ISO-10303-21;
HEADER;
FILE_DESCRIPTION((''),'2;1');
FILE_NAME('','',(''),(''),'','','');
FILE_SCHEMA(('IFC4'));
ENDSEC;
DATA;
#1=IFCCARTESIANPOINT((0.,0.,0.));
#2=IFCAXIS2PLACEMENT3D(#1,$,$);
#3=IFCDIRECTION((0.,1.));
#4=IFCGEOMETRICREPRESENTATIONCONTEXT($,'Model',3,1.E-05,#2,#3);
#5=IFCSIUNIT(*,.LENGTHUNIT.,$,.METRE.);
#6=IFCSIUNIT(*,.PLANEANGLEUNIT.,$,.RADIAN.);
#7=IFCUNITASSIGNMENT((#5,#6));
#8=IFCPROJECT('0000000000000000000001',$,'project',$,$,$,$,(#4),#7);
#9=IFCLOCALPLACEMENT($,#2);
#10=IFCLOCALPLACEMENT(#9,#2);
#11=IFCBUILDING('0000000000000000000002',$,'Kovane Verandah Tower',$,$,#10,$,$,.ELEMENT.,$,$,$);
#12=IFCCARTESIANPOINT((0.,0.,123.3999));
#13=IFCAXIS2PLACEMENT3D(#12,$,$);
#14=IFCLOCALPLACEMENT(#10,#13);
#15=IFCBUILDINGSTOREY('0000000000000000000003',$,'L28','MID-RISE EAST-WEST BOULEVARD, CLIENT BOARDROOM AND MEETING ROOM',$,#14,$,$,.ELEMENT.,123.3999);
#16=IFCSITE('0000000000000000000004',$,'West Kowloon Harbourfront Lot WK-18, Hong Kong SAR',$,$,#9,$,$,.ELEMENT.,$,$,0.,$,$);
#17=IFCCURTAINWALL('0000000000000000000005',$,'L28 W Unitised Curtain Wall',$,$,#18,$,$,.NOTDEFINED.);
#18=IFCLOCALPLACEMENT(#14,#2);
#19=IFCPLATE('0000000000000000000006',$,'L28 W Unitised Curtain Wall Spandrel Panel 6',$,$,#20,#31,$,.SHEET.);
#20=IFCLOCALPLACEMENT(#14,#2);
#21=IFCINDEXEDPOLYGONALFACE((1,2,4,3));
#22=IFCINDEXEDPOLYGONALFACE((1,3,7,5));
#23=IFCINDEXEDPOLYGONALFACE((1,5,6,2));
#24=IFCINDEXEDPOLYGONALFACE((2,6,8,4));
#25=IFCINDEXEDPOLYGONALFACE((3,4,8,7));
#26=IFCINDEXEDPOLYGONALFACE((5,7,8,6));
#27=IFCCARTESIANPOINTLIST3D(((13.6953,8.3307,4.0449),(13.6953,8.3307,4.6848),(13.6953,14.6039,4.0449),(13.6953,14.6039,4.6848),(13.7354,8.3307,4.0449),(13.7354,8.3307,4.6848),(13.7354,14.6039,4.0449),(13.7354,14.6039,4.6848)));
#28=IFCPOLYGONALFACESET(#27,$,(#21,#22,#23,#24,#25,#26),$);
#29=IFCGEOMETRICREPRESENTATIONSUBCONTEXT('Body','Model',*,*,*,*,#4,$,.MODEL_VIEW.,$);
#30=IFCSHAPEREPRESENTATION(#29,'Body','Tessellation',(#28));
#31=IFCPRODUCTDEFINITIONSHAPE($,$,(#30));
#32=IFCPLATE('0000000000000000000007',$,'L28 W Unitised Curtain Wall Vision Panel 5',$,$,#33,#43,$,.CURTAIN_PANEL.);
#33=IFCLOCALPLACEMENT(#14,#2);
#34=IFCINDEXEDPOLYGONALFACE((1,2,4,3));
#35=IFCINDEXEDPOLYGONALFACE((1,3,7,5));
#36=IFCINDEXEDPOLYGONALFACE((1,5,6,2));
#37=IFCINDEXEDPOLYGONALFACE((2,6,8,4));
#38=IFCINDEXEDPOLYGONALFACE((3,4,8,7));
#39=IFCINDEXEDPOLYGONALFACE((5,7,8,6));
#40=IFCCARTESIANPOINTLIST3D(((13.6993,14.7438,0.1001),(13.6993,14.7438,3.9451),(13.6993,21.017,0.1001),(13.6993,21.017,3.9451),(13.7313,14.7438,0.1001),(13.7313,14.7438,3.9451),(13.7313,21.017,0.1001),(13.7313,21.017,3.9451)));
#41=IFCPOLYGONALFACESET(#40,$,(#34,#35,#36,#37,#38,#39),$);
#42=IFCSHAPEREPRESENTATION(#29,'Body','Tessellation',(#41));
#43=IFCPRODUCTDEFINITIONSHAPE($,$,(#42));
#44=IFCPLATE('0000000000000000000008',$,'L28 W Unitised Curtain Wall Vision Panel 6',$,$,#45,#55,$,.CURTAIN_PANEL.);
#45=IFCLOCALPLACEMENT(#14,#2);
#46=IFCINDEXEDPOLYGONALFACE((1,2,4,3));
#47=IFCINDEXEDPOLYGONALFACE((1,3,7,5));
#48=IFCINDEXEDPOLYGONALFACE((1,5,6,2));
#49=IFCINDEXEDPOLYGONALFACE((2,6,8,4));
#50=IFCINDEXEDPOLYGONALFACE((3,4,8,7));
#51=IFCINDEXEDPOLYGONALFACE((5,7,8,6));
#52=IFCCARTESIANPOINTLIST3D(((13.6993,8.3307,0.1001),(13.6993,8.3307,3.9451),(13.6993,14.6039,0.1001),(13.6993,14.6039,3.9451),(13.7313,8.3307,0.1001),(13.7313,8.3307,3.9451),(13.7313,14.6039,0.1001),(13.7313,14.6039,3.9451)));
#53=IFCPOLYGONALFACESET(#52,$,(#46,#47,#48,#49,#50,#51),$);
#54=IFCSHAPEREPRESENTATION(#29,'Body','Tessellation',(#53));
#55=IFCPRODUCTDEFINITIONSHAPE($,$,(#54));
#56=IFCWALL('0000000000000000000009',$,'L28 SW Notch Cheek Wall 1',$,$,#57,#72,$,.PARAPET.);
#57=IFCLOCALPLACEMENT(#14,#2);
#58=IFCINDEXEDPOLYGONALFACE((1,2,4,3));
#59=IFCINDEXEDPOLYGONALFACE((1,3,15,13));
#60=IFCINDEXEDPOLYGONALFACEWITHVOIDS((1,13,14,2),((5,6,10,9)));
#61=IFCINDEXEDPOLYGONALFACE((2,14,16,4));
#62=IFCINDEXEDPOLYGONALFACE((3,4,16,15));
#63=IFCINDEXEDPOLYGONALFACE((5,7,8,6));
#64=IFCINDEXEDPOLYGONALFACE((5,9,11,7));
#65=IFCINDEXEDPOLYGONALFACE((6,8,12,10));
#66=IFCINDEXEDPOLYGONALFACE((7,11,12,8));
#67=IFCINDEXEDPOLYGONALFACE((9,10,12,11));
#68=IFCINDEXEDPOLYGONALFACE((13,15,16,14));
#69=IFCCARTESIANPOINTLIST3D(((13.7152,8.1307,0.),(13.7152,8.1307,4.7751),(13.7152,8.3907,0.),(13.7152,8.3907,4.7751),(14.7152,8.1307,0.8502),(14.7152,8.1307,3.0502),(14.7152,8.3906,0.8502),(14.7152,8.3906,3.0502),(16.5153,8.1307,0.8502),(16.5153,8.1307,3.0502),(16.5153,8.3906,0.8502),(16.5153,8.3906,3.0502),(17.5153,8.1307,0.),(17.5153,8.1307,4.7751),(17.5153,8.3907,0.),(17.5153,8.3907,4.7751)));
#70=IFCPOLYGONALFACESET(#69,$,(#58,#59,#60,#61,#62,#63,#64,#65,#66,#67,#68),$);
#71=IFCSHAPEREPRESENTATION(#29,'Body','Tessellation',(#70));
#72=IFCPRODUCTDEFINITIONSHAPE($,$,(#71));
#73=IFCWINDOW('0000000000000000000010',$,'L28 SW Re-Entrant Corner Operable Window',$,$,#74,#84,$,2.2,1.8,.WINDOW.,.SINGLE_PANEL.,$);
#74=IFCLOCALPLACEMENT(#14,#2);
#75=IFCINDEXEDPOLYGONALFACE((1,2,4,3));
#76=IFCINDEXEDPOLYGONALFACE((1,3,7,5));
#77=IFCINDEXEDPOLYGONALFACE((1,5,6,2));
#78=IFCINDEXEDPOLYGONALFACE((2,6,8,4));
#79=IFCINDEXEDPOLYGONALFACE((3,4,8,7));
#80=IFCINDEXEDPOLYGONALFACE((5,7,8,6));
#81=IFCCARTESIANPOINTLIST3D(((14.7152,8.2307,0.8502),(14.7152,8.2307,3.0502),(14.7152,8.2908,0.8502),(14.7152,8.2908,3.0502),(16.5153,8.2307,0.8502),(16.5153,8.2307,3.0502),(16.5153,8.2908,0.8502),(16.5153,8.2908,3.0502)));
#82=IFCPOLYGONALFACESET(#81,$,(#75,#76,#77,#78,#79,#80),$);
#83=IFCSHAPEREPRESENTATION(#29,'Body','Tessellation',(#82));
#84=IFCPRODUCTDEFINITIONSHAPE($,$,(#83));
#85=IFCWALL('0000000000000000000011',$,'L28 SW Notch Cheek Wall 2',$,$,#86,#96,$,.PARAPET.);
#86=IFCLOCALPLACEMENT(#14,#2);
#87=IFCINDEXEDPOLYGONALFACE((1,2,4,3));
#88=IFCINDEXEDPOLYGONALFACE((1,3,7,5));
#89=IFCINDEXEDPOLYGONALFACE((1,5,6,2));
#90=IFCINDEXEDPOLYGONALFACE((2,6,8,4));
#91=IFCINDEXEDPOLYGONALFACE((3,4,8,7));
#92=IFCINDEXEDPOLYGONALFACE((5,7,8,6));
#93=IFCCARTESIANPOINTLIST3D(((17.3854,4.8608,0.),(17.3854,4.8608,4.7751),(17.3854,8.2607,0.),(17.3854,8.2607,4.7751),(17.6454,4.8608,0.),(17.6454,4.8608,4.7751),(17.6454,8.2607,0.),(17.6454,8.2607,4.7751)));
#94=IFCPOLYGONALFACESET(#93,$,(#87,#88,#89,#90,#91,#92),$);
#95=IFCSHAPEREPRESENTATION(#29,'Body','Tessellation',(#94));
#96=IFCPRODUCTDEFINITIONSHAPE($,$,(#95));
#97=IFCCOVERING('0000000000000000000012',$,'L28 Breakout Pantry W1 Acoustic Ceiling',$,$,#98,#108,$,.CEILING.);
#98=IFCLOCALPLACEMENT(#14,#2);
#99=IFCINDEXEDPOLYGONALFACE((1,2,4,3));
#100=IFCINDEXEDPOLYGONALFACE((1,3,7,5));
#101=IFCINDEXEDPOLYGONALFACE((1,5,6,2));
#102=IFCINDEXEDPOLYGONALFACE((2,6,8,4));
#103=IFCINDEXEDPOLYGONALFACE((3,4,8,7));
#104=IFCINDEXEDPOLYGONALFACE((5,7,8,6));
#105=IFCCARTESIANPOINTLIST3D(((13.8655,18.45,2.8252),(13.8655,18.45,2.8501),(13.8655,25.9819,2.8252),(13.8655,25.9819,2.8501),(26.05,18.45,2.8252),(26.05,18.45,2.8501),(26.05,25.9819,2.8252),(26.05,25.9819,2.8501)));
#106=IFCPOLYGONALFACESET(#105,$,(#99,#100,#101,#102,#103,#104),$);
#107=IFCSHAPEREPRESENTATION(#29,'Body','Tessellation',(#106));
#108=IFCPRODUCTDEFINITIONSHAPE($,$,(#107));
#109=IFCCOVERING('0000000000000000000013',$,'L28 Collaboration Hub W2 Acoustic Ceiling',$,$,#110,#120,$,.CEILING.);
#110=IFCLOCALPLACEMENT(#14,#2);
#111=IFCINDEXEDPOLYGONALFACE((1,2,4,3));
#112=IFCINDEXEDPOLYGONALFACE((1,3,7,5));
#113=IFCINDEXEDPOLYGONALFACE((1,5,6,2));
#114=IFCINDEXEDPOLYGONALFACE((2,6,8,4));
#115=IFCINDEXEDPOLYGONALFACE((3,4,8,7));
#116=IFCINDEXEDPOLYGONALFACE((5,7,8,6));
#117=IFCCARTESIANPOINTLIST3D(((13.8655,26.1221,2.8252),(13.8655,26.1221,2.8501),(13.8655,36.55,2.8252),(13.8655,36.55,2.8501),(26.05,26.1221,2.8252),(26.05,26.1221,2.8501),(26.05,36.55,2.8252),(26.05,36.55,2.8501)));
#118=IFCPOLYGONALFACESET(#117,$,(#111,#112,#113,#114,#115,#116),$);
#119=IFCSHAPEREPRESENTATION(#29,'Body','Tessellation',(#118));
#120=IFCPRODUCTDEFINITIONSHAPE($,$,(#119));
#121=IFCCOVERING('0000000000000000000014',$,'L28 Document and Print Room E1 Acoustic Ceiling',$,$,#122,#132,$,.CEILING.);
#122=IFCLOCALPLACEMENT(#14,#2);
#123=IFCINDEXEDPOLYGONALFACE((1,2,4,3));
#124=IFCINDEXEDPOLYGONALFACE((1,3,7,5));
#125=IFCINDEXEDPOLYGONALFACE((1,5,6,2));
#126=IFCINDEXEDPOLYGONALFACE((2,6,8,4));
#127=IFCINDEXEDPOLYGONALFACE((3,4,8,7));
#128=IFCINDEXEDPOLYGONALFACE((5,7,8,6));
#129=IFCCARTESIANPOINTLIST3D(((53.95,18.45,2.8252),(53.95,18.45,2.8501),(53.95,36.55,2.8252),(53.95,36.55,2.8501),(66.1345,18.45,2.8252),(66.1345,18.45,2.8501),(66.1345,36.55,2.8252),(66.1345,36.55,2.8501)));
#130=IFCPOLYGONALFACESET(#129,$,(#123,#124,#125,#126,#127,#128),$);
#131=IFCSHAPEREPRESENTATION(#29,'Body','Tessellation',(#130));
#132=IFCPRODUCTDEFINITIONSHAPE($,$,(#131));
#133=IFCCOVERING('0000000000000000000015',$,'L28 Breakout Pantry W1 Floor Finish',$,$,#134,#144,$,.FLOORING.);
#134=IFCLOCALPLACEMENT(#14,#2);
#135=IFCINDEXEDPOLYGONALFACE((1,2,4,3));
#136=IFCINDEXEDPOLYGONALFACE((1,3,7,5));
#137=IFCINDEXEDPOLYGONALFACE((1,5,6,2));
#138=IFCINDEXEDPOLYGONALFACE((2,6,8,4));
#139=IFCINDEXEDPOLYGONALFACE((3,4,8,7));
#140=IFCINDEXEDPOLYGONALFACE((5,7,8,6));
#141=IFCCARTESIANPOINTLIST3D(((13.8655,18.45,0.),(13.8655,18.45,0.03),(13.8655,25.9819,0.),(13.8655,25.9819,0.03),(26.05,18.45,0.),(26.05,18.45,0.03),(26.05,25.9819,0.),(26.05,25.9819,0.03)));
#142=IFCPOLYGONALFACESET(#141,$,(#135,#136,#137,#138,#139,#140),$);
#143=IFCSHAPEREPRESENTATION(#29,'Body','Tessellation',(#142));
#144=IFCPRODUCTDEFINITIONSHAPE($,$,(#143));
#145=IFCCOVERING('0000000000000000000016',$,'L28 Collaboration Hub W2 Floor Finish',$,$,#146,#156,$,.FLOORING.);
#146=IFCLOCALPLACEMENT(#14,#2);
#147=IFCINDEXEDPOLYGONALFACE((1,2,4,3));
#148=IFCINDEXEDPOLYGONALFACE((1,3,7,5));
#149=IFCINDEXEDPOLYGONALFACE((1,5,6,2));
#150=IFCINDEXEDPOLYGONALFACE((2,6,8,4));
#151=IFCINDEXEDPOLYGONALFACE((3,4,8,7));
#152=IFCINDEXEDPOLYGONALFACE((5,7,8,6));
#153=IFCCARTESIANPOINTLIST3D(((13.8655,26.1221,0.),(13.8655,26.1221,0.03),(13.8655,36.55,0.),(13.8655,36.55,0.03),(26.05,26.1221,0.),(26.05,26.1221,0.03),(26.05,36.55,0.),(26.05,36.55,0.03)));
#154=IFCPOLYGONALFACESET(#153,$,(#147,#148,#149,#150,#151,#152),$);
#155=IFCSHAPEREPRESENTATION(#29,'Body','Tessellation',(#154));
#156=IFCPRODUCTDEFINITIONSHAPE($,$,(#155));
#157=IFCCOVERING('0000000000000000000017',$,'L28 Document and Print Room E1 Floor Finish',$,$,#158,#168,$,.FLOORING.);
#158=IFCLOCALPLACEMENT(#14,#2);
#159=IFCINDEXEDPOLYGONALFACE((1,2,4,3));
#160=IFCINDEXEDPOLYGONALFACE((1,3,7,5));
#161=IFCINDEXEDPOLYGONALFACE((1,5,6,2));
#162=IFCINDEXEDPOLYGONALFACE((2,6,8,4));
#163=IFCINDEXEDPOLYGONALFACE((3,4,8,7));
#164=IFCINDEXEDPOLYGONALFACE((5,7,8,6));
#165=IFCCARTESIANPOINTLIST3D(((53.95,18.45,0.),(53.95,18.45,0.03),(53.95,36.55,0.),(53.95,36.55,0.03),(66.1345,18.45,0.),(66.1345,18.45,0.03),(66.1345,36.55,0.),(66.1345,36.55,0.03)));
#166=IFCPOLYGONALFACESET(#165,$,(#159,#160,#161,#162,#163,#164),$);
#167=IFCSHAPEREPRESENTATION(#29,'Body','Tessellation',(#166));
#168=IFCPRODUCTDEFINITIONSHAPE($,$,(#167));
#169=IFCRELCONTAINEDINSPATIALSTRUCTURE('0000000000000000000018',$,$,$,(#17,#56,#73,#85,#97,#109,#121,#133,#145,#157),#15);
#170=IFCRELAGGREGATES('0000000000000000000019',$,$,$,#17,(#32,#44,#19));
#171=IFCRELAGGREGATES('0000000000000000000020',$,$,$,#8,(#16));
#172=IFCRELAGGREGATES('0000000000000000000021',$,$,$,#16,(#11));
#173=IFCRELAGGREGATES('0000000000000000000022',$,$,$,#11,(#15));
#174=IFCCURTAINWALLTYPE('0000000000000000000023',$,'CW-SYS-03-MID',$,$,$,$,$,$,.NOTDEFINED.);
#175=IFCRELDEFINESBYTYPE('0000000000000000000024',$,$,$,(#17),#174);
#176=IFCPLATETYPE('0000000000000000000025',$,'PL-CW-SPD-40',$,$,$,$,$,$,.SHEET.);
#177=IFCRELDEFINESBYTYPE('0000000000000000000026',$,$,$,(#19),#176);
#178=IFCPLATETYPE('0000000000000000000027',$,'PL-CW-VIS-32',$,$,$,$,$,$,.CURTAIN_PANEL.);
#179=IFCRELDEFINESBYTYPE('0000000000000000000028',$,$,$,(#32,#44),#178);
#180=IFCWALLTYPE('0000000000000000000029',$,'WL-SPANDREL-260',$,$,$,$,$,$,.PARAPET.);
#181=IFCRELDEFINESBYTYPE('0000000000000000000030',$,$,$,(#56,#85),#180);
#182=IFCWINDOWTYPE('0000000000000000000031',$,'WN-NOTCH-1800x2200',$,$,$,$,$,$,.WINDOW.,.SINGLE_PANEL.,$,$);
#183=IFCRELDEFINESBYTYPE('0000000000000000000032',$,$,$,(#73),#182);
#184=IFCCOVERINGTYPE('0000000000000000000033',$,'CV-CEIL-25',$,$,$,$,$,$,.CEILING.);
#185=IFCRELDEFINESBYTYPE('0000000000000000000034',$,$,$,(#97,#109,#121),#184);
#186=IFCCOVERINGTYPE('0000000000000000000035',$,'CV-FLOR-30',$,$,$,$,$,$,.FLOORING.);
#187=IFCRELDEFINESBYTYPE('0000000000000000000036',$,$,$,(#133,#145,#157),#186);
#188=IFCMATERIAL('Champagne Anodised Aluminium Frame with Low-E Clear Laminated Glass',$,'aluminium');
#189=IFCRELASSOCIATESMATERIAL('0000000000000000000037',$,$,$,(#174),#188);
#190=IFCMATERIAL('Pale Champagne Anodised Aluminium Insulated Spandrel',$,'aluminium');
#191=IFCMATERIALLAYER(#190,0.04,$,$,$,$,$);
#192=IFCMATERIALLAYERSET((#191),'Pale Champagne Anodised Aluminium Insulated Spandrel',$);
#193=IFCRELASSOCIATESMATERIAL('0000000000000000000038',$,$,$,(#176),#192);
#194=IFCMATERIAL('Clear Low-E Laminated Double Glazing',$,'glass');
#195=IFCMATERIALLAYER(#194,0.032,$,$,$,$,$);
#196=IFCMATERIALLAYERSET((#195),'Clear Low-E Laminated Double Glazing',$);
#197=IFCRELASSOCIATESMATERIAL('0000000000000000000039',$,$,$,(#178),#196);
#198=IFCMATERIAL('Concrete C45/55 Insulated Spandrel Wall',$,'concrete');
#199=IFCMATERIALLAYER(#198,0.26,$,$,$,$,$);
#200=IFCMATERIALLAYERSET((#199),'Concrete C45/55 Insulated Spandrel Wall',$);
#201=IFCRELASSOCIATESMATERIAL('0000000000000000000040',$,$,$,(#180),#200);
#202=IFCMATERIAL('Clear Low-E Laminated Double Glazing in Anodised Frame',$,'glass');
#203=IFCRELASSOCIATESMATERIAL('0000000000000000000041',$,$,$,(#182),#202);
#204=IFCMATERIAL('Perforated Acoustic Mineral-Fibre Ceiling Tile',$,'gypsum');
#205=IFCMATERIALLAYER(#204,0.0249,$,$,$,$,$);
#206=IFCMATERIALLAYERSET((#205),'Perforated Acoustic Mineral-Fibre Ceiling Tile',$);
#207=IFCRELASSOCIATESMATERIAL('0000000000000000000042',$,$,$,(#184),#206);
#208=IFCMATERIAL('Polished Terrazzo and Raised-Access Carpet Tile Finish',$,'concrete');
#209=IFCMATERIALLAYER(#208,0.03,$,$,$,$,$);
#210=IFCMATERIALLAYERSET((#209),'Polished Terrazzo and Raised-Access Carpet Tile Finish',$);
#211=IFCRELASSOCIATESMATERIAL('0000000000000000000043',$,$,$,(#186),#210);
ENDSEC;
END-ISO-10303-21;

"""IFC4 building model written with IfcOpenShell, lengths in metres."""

from ifc_helpers import new_model, si_unit, direction, frame, frame_2d, origin, origin_2d, place, context, subcontext, project, spatial, polyline, rectangle, outline, extrude, material, layer, layer_set, type_object, element, fill, aggregate, save


model = new_model("IFC4")

# Units and contexts
model_context = context("Model", 3, precision=1e-05, world=origin(), true_north=direction((0.0, 1.0)))
body_context = subcontext(model_context, "Body", "Model", "MODEL_VIEW")
ifc_project = project(units=[si_unit("LENGTHUNIT", "METRE"), si_unit("PLANEANGLEUNIT", "RADIAN")], contexts=[model_context])

# Site, building, storey
site_placement = place(None, origin())
site = spatial("IfcSite", under=ifc_project, at=site_placement, Name="West Kowloon Harbourfront Lot WK-18, Hong Kong SAR", CompositionType="ELEMENT", RefElevation=0.0)
building_placement = place(site_placement, origin())
building = spatial("IfcBuilding", under=site, at=building_placement, Name="Kovane Verandah Tower", CompositionType="ELEMENT")
storey_placement = place(building_placement, frame((0.0, 0.0, 123.3999)))
storey = spatial("IfcBuildingStorey", under=building, at=storey_placement, Name="L28", Description="MID-RISE EAST-WEST BOULEVARD, CLIENT BOARDROOM AND MEETING ROOM", CompositionType="ELEMENT", Elevation=123.3999)

# Shared definitions
ifc_material_1 = material(Name="Champagne Anodised Aluminium Frame with Low-E Clear Laminated Glass", Category="aluminium")
curtain_wall_type = type_object("IfcCurtainWallType", Name="CW-SYS-03-MID", PredefinedType="NOTDEFINED", material=ifc_material_1)

# Curtain wall
curtain_wall_1_placement = place(storey_placement, origin())
curtain_wall_1 = element("IfcCurtainWall", 1, at=curtain_wall_1_placement, inside=storey, type_object=curtain_wall_type, Name="L28 W Unitised Curtain Wall", PredefinedType="NOTDEFINED")

# Plates
ifc_material_2 = material(Name="Pale Champagne Anodised Aluminium Insulated Spandrel", Category="aluminium")
ifc_layer_1 = layer(ifc_material_2, 0.04)
ifc_layer_set_1 = layer_set([ifc_layer_1], Name="Pale Champagne Anodised Aluminium Insulated Spandrel")
plate_type_1 = type_object("IfcPlateType", Name="PL-CW-SPD-40", PredefinedType="SHEET", material=ifc_layer_set_1)
plate_1_placement = place(storey_placement, frame((13.7153, 11.4673, 4.0449), z_axis=(0.0, 0.0, 1.0), x_axis=(0.0, -1.0, 0.0)))
plate_1 = element("IfcPlate", 2, at=plate_1_placement, type_object=plate_type_1, Name="L28 W Unitised Curtain Wall Spandrel Panel 6", PredefinedType="SHEET", context=body_context, shape_type="SweptSolid", body=[
    extrude(rectangle(XDim=6.2732, YDim=0.04, at=origin_2d()), origin(), (0.0, 0.0, 1.0), 0.6399),
])
ifc_material_3 = material(Name="Clear Low-E Laminated Double Glazing", Category="glass")
ifc_layer_2 = layer(ifc_material_3, 0.032)
ifc_layer_set_2 = layer_set([ifc_layer_2], Name="Clear Low-E Laminated Double Glazing")
plate_type_2 = type_object("IfcPlateType", Name="PL-CW-VIS-32", PredefinedType="CURTAIN_PANEL", material=ifc_layer_set_2)
plate_2_placement = place(storey_placement, frame((13.7153, 17.8804, 0.1001), z_axis=(0.0, 0.0, 1.0), x_axis=(0.0, -1.0, 0.0)))
plate_2 = element("IfcPlate", 3, at=plate_2_placement, type_object=plate_type_2, Name="L28 W Unitised Curtain Wall Vision Panel 5", PredefinedType="CURTAIN_PANEL", context=body_context, shape_type="SweptSolid", body=[
    extrude(rectangle(XDim=6.2732, YDim=0.032, at=origin_2d()), origin(), (0.0, 0.0, 1.0), 3.845),
])
plate_3_placement = place(storey_placement, frame((13.7153, 11.4673, 0.1001), z_axis=(0.0, 0.0, 1.0), x_axis=(0.0, -1.0, 0.0)))
plate_3 = element("IfcPlate", 4, at=plate_3_placement, type_object=plate_type_2, Name="L28 W Unitised Curtain Wall Vision Panel 6", PredefinedType="CURTAIN_PANEL", context=body_context, shape_type="SweptSolid", body=[
    extrude(rectangle(XDim=6.2732, YDim=0.032, at=origin_2d()), origin(), (0.0, 0.0, 1.0), 3.845),
])
aggregate(curtain_wall_1, [plate_2, plate_3, plate_1])

# Wall, opening, window
ifc_material_4 = material(Name="Concrete C45/55 Insulated Spandrel Wall", Category="concrete")
ifc_layer_3 = layer(ifc_material_4, 0.26)
ifc_layer_set_3 = layer_set([ifc_layer_3], Name="Concrete C45/55 Insulated Spandrel Wall")
wall_type = type_object("IfcWallType", Name="WL-SPANDREL-260", PredefinedType="PARAPET", material=ifc_layer_set_3)
wall_1_placement = place(storey_placement, frame((13.7153, 8.2607, 0.0), z_axis=(0.0, 0.0, 1.0), x_axis=(1.0, 0.0, 0.0)))
wall_1 = element("IfcWall", 5, at=wall_1_placement, inside=storey, type_object=wall_type, Name="L28 SW Notch Cheek Wall 1", PredefinedType="PARAPET", context=body_context, shape_type="SweptSolid", body=[
    extrude(rectangle(XDim=3.8, YDim=0.26, at=frame_2d((1.8999, 0.0))), origin(), (0.0, 0.0, 1.0), 4.7751),
])
opening_placement = place(wall_1_placement, frame((1.0, 0.0, 0.8501)))
opening = element("IfcOpeningElement", 6, at=opening_placement, cuts=wall_1, PredefinedType="OPENING", context=body_context, shape_type="SweptSolid", body=[
    extrude(rectangle(XDim=1.8, YDim=2.2, at=frame_2d((0.8999, 1.1001))), frame((0.0, 0.1299, 0.0), z_axis=(0.0, -1.0, 0.0), x_axis=(1.0, 0.0, 0.0)), (0.0, 0.0, 1.0), 0.26),
])
ifc_material_5 = material(Name="Clear Low-E Laminated Double Glazing in Anodised Frame", Category="glass")
window_type = type_object("IfcWindowType", Name="WN-NOTCH-1800x2200", PartitioningType="SINGLE_PANEL", PredefinedType="WINDOW", material=ifc_material_5)
window_placement = place(opening_placement, origin())
window = element("IfcWindow", 7, at=window_placement, inside=storey, type_object=window_type, Name="L28 SW Re-Entrant Corner Operable Window", OverallHeight=2.2, OverallWidth=1.8, PartitioningType="SINGLE_PANEL", PredefinedType="WINDOW", context=body_context, shape_type="SweptSolid", body=[
    extrude(rectangle(XDim=1.8, YDim=2.2, at=frame_2d((0.8999, 1.1001))), frame((0.0, 0.03, 0.0), z_axis=(0.0, -1.0, 0.0), x_axis=(1.0, 0.0, 0.0)), (0.0, 0.0, 1.0), 0.0601),
])
fill(opening, window)

# Wall
wall_2_placement = place(storey_placement, frame((17.5154, 8.2607, 0.0), z_axis=(0.0, 0.0, 1.0), x_axis=(0.0, -1.0, 0.0)))
element("IfcWall", 8, at=wall_2_placement, inside=storey, type_object=wall_type, Name="L28 SW Notch Cheek Wall 2", PredefinedType="PARAPET", context=body_context, shape_type="SweptSolid", body=[
    extrude(rectangle(XDim=3.3999, YDim=0.26, at=frame_2d((1.7, 0.0))), origin(), (0.0, 0.0, 1.0), 4.7751),
])

# Coverings
ifc_material_6 = material(Name="Perforated Acoustic Mineral-Fibre Ceiling Tile", Category="gypsum")
ifc_layer_4 = layer(ifc_material_6, 0.0249)
ifc_layer_set_4 = layer_set([ifc_layer_4], Name="Perforated Acoustic Mineral-Fibre Ceiling Tile")
covering_type_1 = type_object("IfcCoveringType", Name="CV-CEIL-25", PredefinedType="CEILING", material=ifc_layer_set_4)
covering_1_placement = place(storey_placement, frame((0.0, 0.0, 2.8252)))
element("IfcCovering", 9, at=covering_1_placement, inside=storey, type_object=covering_type_1, Name="L28 Breakout Pantry W1 Acoustic Ceiling", PredefinedType="CEILING", context=body_context, shape_type="SweptSolid", body=[
    extrude(outline(polyline([(13.8655, 18.45), (26.05, 18.45), (26.05, 25.9819), (13.8655, 25.9819), (13.8655, 18.45)])), origin(), (0.0, 0.0, 1.0), 0.0249),
])
covering_2_placement = place(storey_placement, frame((0.0, 0.0, 2.8252)))
element("IfcCovering", 10, at=covering_2_placement, inside=storey, type_object=covering_type_1, Name="L28 Collaboration Hub W2 Acoustic Ceiling", PredefinedType="CEILING", context=body_context, shape_type="SweptSolid", body=[
    extrude(outline(polyline([(13.8655, 26.1221), (26.05, 26.1221), (26.05, 36.55), (13.8655, 36.55), (13.8655, 26.1221)])), origin(), (0.0, 0.0, 1.0), 0.0249),
])
covering_3_placement = place(storey_placement, frame((0.0, 0.0, 2.8252)))
element("IfcCovering", 11, at=covering_3_placement, inside=storey, type_object=covering_type_1, Name="L28 Document and Print Room E1 Acoustic Ceiling", PredefinedType="CEILING", context=body_context, shape_type="SweptSolid", body=[
    extrude(outline(polyline([(53.95, 18.45), (66.1345, 18.45), (66.1345, 36.55), (53.95, 36.55), (53.95, 18.45)])), origin(), (0.0, 0.0, 1.0), 0.0249),
])
ifc_material_7 = material(Name="Polished Terrazzo and Raised-Access Carpet Tile Finish", Category="concrete")
ifc_layer_5 = layer(ifc_material_7, 0.03)
ifc_layer_set_5 = layer_set([ifc_layer_5], Name="Polished Terrazzo and Raised-Access Carpet Tile Finish")
covering_type_2 = type_object("IfcCoveringType", Name="CV-FLOR-30", PredefinedType="FLOORING", material=ifc_layer_set_5)
covering_4_placement = place(storey_placement, origin())
element("IfcCovering", 12, at=covering_4_placement, inside=storey, type_object=covering_type_2, Name="L28 Breakout Pantry W1 Floor Finish", PredefinedType="FLOORING", context=body_context, shape_type="SweptSolid", body=[
    extrude(outline(polyline([(13.8655, 18.45), (26.05, 18.45), (26.05, 25.9819), (13.8655, 25.9819), (13.8655, 18.45)])), origin(), (0.0, 0.0, 1.0), 0.03),
])
covering_5_placement = place(storey_placement, origin())
element("IfcCovering", 13, at=covering_5_placement, inside=storey, type_object=covering_type_2, Name="L28 Collaboration Hub W2 Floor Finish", PredefinedType="FLOORING", context=body_context, shape_type="SweptSolid", body=[
    extrude(outline(polyline([(13.8655, 26.1221), (26.05, 26.1221), (26.05, 36.55), (13.8655, 36.55), (13.8655, 26.1221)])), origin(), (0.0, 0.0, 1.0), 0.03),
])
covering_6_placement = place(storey_placement, origin())
element("IfcCovering", 14, at=covering_6_placement, inside=storey, type_object=covering_type_2, Name="L28 Document and Print Room E1 Floor Finish", PredefinedType="FLOORING", context=body_context, shape_type="SweptSolid", body=[
    extrude(outline(polyline([(53.95, 18.45), (66.1345, 18.45), (66.1345, 36.55), (53.95, 36.55), (53.95, 18.45)])), origin(), (0.0, 0.0, 1.0), 0.03),
])

save(model, "model.ifc")
